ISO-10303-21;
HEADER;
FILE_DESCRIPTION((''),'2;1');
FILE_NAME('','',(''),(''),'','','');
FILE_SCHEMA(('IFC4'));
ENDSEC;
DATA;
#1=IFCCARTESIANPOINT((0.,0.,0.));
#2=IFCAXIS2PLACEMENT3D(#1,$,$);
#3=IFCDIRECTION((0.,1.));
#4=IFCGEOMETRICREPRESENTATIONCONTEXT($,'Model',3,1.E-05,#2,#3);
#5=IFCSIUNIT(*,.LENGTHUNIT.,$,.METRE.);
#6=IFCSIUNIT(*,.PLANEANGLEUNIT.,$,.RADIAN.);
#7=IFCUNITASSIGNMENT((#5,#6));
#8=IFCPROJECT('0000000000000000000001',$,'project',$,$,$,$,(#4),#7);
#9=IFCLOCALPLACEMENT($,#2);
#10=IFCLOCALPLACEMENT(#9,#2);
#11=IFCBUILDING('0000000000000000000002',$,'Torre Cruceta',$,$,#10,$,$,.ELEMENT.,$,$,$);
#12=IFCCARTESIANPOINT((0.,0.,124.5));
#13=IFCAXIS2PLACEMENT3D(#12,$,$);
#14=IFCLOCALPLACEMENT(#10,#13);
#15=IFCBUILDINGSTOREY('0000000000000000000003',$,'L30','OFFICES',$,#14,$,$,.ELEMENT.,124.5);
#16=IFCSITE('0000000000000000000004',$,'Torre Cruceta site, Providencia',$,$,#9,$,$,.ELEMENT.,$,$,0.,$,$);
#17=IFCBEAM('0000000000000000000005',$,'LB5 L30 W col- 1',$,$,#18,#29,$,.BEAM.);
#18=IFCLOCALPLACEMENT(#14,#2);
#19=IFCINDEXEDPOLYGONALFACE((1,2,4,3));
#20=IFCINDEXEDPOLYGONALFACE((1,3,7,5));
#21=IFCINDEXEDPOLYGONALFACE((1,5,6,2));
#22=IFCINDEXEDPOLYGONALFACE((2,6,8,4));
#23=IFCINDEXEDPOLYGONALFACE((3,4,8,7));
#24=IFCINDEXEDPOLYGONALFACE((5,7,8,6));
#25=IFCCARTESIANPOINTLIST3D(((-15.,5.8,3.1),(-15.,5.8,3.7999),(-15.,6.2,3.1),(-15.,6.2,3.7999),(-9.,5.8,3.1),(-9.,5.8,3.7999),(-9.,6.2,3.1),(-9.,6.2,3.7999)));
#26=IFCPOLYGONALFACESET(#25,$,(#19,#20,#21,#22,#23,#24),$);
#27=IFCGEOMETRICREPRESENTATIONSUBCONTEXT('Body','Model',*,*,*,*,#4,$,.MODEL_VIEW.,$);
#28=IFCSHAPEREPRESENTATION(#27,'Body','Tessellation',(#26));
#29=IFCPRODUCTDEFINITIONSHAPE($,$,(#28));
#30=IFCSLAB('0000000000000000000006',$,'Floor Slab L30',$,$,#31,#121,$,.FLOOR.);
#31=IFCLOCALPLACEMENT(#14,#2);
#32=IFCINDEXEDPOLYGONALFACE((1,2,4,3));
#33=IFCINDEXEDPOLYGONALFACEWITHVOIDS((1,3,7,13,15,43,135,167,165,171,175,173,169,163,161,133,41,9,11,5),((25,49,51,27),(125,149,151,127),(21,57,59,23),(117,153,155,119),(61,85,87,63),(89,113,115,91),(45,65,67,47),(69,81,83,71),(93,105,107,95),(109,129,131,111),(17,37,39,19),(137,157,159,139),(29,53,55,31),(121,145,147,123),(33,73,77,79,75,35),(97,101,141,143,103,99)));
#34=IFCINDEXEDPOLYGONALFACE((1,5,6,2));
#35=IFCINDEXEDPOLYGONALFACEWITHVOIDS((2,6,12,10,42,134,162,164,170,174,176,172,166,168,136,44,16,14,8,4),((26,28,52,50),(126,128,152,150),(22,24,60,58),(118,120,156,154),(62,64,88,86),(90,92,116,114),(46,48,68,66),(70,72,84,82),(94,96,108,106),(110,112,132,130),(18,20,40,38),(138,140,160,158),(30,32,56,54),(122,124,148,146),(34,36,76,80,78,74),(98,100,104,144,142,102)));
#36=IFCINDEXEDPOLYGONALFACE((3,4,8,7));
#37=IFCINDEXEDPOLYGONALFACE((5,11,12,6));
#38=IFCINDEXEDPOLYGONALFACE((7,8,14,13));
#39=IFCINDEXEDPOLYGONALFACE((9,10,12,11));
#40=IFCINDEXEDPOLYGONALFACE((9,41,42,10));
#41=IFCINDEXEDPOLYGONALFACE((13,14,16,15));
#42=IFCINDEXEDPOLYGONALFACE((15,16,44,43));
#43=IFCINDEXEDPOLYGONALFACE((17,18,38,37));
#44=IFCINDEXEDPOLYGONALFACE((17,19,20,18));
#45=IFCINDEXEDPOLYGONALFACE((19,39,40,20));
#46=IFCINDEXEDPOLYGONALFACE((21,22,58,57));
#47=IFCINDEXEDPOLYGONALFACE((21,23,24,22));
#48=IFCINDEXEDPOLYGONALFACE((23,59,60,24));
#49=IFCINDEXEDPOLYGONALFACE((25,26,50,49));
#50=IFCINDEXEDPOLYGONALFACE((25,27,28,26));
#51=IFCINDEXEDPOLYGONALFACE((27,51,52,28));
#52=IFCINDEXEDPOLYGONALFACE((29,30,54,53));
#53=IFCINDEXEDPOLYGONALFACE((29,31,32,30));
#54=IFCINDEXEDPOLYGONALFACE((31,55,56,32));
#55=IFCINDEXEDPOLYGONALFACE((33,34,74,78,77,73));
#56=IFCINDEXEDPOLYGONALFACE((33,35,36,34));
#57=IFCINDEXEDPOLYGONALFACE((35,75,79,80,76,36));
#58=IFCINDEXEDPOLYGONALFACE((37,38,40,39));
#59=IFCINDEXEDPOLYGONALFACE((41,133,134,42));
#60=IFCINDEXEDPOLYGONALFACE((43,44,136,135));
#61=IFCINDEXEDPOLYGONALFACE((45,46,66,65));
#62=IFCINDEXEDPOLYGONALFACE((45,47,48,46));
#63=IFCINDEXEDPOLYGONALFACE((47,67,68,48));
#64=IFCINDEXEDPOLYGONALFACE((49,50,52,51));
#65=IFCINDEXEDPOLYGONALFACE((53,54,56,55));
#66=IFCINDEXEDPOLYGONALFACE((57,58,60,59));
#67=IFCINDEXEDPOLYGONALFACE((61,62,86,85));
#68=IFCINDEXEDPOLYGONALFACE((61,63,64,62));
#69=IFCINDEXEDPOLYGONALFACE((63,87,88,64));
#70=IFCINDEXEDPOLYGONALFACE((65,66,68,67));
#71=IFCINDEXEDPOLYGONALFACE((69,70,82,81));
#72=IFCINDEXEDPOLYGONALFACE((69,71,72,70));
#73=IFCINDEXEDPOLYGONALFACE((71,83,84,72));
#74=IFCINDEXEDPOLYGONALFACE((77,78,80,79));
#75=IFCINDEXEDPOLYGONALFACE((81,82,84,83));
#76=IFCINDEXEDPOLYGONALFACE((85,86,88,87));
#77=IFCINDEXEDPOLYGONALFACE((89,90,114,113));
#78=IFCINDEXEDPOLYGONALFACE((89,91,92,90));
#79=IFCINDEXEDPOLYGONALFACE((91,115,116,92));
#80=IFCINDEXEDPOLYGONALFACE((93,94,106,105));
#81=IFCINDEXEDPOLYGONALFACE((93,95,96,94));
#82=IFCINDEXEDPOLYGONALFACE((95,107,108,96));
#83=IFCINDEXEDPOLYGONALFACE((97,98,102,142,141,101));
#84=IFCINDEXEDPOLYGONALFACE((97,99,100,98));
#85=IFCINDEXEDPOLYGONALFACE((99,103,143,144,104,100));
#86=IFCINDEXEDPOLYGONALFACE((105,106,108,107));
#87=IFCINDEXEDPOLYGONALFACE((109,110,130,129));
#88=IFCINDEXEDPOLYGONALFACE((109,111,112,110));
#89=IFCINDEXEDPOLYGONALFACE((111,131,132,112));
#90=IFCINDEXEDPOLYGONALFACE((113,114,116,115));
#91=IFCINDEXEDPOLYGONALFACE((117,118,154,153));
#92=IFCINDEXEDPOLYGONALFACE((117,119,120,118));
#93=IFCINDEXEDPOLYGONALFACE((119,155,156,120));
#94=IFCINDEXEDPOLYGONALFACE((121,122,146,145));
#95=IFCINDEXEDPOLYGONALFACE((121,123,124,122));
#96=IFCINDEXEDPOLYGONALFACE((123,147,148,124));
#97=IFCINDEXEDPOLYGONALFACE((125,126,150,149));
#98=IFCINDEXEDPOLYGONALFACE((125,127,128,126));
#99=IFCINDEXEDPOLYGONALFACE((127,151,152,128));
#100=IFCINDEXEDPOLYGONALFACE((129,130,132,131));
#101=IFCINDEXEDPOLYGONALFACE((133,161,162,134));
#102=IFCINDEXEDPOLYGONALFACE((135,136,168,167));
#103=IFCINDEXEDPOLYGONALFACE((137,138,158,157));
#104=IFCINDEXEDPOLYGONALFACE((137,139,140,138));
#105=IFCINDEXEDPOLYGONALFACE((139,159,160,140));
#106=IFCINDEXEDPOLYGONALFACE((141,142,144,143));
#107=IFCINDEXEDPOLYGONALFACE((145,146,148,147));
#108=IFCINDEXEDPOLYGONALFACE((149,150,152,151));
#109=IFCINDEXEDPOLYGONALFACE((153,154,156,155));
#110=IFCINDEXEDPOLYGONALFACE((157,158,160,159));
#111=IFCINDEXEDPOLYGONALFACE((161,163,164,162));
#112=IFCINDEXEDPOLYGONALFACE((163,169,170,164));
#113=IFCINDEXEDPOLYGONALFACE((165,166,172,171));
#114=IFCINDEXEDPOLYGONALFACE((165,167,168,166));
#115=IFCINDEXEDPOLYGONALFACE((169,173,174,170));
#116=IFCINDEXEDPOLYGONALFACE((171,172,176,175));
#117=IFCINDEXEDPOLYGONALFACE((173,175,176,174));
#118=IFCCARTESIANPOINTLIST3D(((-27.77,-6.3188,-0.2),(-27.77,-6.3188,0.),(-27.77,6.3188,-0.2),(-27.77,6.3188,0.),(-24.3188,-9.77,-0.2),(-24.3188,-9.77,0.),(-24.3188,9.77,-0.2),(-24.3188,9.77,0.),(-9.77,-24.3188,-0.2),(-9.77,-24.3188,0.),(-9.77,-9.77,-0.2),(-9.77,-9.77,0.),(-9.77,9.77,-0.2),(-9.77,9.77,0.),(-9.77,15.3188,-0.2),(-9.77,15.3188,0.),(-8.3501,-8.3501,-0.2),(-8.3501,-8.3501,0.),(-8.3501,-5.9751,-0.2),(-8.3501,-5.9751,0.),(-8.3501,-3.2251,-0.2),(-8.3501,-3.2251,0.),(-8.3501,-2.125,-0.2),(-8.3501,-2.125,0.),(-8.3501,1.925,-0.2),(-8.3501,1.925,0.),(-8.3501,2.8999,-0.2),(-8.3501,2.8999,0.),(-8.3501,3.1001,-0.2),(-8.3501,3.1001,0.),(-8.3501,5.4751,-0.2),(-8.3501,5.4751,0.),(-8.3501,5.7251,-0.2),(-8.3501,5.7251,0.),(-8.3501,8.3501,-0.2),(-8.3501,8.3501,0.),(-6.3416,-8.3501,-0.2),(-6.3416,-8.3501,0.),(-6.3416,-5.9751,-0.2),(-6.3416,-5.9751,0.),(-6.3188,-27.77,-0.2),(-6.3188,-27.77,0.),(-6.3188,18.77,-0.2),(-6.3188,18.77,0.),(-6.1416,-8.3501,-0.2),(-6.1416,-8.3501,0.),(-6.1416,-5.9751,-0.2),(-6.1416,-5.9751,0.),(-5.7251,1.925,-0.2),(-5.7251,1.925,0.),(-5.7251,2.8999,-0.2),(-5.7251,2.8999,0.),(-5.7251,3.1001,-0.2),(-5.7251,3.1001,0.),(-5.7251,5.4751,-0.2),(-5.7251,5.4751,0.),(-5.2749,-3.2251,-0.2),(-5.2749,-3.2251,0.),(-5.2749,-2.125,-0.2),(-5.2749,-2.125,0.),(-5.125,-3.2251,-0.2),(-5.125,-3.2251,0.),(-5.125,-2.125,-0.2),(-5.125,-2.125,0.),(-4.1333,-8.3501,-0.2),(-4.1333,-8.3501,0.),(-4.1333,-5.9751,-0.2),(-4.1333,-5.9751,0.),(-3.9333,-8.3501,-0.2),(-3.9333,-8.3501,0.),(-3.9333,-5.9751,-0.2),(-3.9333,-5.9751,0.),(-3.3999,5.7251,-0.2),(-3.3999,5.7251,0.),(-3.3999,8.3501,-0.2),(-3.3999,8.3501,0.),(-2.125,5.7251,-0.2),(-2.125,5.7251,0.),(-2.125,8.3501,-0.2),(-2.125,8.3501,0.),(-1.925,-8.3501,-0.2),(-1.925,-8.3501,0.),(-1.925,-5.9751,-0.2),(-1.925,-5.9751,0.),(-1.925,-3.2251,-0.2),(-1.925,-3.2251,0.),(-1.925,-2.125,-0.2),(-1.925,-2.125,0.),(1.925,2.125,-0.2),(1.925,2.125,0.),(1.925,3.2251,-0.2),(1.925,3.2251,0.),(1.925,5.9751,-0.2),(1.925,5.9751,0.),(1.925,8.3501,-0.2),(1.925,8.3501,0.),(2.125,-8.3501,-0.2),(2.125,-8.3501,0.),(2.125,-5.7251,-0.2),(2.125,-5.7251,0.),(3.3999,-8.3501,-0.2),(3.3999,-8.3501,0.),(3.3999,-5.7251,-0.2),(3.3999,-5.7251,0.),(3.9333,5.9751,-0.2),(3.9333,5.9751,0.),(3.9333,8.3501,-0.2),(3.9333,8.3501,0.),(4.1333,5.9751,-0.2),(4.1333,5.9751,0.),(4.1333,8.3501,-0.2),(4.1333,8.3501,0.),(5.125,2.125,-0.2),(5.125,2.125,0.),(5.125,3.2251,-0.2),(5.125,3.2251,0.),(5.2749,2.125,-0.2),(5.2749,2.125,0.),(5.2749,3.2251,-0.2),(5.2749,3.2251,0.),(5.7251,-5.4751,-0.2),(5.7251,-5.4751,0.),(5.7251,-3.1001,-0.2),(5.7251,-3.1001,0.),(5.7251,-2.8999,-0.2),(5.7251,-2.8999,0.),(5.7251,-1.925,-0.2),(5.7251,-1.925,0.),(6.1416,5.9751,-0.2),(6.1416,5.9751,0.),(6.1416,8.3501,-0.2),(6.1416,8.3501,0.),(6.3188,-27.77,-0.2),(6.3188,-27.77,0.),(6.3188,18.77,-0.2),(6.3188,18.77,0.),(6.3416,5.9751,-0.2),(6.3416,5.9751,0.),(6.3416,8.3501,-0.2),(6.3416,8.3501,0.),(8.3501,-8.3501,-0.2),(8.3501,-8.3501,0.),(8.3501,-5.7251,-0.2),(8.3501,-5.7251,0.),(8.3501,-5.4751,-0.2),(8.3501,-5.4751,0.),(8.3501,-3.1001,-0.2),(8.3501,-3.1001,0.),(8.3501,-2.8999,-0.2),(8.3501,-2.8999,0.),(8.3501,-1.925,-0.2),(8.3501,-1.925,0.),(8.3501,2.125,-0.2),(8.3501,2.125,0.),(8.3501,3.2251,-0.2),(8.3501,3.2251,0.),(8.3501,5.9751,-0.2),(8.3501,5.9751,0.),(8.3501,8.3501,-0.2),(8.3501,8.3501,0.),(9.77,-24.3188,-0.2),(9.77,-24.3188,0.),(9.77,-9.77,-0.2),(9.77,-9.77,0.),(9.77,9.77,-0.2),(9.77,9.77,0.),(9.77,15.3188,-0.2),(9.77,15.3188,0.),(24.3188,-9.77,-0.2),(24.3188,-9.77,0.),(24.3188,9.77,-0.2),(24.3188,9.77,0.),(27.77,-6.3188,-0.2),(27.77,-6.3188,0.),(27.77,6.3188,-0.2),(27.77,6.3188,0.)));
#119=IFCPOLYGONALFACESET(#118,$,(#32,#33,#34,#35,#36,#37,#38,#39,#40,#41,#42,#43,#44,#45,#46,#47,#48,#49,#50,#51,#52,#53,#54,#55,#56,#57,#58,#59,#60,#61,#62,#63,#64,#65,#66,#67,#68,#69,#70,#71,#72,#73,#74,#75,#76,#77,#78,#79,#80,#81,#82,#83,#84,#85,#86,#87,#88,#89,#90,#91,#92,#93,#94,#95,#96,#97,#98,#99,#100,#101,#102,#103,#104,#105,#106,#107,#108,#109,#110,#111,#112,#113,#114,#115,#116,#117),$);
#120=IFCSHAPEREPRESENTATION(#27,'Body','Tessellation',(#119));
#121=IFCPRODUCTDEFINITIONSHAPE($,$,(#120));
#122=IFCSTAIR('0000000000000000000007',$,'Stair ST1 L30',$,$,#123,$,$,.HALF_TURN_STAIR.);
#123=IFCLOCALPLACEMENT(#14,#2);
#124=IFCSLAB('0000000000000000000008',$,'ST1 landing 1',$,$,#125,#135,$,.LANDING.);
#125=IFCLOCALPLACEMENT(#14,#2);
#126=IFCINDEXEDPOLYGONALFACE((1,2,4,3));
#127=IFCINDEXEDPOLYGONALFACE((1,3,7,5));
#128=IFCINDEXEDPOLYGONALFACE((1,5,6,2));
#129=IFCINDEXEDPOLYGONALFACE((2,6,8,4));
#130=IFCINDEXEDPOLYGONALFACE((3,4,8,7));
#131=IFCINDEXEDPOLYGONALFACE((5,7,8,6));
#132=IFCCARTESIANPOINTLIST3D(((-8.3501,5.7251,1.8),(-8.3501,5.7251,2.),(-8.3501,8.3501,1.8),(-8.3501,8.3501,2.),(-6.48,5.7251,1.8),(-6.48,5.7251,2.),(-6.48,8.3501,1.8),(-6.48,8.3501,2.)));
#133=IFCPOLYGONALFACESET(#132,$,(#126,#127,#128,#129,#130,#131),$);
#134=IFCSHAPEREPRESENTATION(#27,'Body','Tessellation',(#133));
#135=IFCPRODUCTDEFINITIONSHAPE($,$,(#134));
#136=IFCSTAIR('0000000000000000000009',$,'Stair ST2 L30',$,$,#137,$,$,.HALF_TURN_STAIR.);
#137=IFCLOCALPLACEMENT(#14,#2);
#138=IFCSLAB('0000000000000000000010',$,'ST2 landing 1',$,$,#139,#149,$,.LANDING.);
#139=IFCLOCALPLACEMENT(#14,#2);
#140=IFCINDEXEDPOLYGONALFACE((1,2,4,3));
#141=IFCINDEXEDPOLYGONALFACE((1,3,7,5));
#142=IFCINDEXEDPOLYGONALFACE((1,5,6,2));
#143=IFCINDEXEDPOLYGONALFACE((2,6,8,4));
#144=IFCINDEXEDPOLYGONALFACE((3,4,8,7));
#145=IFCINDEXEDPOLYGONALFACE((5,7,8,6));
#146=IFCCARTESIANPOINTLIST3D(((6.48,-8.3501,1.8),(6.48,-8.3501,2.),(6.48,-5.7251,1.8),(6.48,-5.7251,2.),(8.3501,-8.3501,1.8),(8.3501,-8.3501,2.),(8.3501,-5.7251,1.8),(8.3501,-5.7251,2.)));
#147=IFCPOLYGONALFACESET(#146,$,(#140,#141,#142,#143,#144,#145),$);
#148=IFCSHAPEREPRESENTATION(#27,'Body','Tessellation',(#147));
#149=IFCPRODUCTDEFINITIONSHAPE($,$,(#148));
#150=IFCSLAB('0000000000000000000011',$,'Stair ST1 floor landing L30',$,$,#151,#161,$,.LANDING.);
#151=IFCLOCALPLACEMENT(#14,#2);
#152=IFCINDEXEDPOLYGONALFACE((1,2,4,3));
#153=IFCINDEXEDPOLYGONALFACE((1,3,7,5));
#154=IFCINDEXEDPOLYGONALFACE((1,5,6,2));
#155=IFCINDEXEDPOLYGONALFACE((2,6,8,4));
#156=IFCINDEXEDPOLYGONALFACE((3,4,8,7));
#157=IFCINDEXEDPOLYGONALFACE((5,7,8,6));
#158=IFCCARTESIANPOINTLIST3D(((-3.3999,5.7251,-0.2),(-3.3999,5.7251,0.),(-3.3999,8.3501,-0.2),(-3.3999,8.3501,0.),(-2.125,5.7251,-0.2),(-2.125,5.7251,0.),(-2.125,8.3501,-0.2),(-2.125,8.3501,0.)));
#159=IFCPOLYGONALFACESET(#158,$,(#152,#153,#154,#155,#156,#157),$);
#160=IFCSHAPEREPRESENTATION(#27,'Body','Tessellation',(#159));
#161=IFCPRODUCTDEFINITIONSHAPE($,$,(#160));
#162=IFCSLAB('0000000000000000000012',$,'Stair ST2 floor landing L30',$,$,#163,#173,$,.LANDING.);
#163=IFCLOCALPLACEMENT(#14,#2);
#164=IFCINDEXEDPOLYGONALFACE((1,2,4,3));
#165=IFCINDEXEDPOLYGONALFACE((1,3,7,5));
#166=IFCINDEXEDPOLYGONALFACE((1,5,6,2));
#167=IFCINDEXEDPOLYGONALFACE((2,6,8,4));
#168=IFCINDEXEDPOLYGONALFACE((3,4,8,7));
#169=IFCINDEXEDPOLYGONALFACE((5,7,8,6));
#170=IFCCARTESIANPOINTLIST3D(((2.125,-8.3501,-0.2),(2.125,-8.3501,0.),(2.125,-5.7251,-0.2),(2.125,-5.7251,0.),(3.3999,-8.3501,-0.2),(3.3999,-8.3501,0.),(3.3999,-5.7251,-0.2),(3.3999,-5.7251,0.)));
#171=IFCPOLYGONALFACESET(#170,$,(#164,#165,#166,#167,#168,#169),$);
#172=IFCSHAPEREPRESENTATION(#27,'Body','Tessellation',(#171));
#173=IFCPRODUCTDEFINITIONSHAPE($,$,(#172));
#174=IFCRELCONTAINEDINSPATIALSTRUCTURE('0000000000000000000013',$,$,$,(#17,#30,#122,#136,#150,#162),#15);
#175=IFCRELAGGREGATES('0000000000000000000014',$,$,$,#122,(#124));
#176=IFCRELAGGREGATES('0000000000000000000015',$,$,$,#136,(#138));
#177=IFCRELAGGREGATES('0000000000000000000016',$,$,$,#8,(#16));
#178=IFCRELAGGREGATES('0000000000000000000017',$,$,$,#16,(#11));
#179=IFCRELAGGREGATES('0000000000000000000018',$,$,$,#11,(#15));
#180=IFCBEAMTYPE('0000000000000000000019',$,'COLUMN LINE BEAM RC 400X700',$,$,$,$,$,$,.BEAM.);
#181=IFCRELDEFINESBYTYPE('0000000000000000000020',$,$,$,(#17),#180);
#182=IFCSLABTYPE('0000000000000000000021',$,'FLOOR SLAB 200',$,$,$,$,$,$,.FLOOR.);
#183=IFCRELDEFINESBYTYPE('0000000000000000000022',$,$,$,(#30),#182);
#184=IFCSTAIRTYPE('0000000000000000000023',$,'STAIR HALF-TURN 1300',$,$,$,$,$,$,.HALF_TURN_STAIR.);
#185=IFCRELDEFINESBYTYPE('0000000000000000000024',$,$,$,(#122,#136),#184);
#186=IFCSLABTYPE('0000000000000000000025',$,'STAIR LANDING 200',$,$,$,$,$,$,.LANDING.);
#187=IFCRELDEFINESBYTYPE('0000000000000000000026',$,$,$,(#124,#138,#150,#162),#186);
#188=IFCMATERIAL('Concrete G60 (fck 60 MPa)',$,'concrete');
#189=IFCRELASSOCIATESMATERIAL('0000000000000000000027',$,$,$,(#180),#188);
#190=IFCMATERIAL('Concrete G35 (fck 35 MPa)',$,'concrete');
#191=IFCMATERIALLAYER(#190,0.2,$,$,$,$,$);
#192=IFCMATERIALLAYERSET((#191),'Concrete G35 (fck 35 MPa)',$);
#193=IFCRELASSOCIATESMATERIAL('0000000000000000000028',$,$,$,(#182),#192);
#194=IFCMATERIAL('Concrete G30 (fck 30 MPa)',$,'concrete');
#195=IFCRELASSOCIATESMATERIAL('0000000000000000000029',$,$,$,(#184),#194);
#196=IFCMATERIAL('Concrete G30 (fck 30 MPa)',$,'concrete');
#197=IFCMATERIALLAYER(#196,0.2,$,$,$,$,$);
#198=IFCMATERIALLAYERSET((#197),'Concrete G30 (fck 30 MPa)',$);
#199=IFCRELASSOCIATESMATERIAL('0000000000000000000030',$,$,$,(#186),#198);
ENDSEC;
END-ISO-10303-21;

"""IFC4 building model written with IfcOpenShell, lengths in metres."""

from ifc_helpers import new_model, si_unit, direction, frame, origin, origin_2d, place, context, subcontext, project, spatial, polyline, rectangle, outline, extrude, material, layer, layer_set, material_profile, profile_set, type_object, element, aggregate, save


model = new_model("IFC4")

# Units and contexts
model_context = context("Model", 3, precision=1e-05, world=origin(), true_north=direction((0.0, 1.0)))
body_context = subcontext(model_context, "Body", "Model", "MODEL_VIEW")
ifc_project = project(units=[si_unit("LENGTHUNIT", "METRE"), si_unit("PLANEANGLEUNIT", "RADIAN")], contexts=[model_context])

# Site, building, storey
site_placement = place(None, origin())
site = spatial("IfcSite", under=ifc_project, at=site_placement, Name="Torre Cruceta site, Providencia", CompositionType="ELEMENT", RefElevation=0.0)
building_placement = place(site_placement, origin())
building = spatial("IfcBuilding", under=site, at=building_placement, Name="Torre Cruceta", CompositionType="ELEMENT")
storey_placement = place(building_placement, frame((0.0, 0.0, 124.5)))
storey = spatial("IfcBuildingStorey", under=building, at=storey_placement, Name="L30", Description="OFFICES", CompositionType="ELEMENT", Elevation=124.5)

# Beam
ifc_material_1 = material(Name="Concrete G60 (fck 60 MPa)", Category="concrete")
ifc_material_profile = material_profile(ifc_material_1, rectangle(XDim=0.3999, YDim=0.7, at=origin_2d()), Name="RC 400X700")
ifc_profile_set = profile_set([ifc_material_profile], Name="Concrete G60 (fck 60 MPa)")
beam_type = type_object("IfcBeamType", Name="COLUMN LINE BEAM RC 400X700", PredefinedType="BEAM", material=ifc_profile_set)
beam_placement = place(storey_placement, frame((-9.0, 6.0, 3.45), z_axis=(-1.0, 0.0, 0.0), x_axis=(0.0, -1.0, 0.0)))
element("IfcBeam", 1, at=beam_placement, inside=storey, type_object=beam_type, Name="LB5 L30 W col- 1", PredefinedType="BEAM", context=body_context, shape_type="SweptSolid", body=[
    extrude(rectangle(XDim=0.3999, YDim=0.7, at=origin_2d()), origin(), (0.0, 0.0, 1.0), 6.0),
])

# Slab
ifc_material_2 = material(Name="Concrete G35 (fck 35 MPa)", Category="concrete")
ifc_layer_1 = layer(ifc_material_2, 0.2)
ifc_layer_set_1 = layer_set([ifc_layer_1], Name="Concrete G35 (fck 35 MPa)")
slab_type_1 = type_object("IfcSlabType", Name="FLOOR SLAB 200", PredefinedType="FLOOR", material=ifc_layer_set_1)
slab_1_placement = place(storey_placement, frame((0.0, 0.0, -0.2)))
element("IfcSlab", 2, at=slab_1_placement, inside=storey, type_object=slab_type_1, Name="Floor Slab L30", PredefinedType="FLOOR", context=body_context, shape_type="SweptSolid", body=[
    extrude(outline(polyline([(9.77, -9.77), (9.77, -24.3188), (6.3188, -27.77), (-6.3188, -27.77), (-9.77, -24.3188), (-9.77, -9.77), (-24.3188, -9.77), (-27.77, -6.3188), (-27.77, 6.3188), (-24.3188, 9.77), (-9.77, 9.77), (-9.77, 15.3188), (-6.3188, 18.77), (6.3188, 18.77), (9.77, 15.3188), (9.77, 9.77), (24.3188, 9.77), (27.77, 6.3188), (27.77, -6.3188), (24.3188, -9.77), (9.77, -9.77)]), holes=[polyline([(1.925, 5.9751), (3.9333, 5.9751), (3.9333, 8.3501), (1.925, 8.3501), (1.925, 5.9751)]), polyline([(4.1333, 5.9751), (6.1416, 5.9751), (6.1416, 8.3501), (4.1333, 8.3501), (4.1333, 5.9751)]), polyline([(6.3416, 5.9751), (8.3501, 5.9751), (8.3501, 8.3501), (6.3416, 8.3501), (6.3416, 5.9751)]), polyline([(1.925, 2.125), (5.125, 2.125), (5.125, 3.2251), (1.925, 3.2251), (1.925, 2.125)]), polyline([(5.2749, 2.125), (8.3501, 2.125), (8.3501, 3.2251), (5.2749, 3.2251), (5.2749, 2.125)]), polyline([(-8.3501, 3.1001), (-5.7251, 3.1001), (-5.7251, 5.4751), (-8.3501, 5.4751), (-8.3501, 3.1001)]), polyline([(-8.3501, 1.925), (-5.7251, 1.925), (-5.7251, 2.8999), (-8.3501, 2.8999), (-8.3501, 1.925)]), polyline([(-3.9333, -8.3501), (-1.925, -8.3501), (-1.925, -5.9751), (-3.9333, -5.9751), (-3.9333, -8.3501)]), polyline([(-6.1416, -8.3501), (-4.1333, -8.3501), (-4.1333, -5.9751), (-6.1416, -5.9751), (-6.1416, -8.3501)]), polyline([(-8.3501, -8.3501), (-6.3416, -8.3501), (-6.3416, -5.9751), (-8.3501, -5.9751), (-8.3501, -8.3501)]), polyline([(-5.125, -3.2251), (-1.925, -3.2251), (-1.925, -2.125), (-5.125, -2.125), (-5.125, -3.2251)]), polyline([(-8.3501, -3.2251), (-5.2749, -3.2251), (-5.2749, -2.125), (-8.3501, -2.125), (-8.3501, -3.2251)]), polyline([(5.7251, -5.4751), (8.3501, -5.4751), (8.3501, -3.1001), (5.7251, -3.1001), (5.7251, -5.4751)]), polyline([(5.7251, -2.8999), (8.3501, -2.8999), (8.3501, -1.925), (5.7251, -1.925), (5.7251, -2.8999)]), polyline([(-8.3501, 5.7251), (-8.3501, 8.3501), (-3.3999, 8.3501), (-2.125, 8.3501), (-2.125, 5.7251), (-3.3999, 5.7251), (-8.3501, 5.7251)]), polyline([(2.125, -5.7251), (3.3999, -5.7251), (8.3501, -5.7251), (8.3501, -8.3501), (3.3999, -8.3501), (2.125, -8.3501), (2.125, -5.7251)])]), origin(), (0.0, 0.0, 1.0), 0.2),
])

# Stairs, slabs
ifc_material_3 = material(Name="Concrete G30 (fck 30 MPa)", Category="concrete")
stair_type = type_object("IfcStairType", Name="STAIR HALF-TURN 1300", PredefinedType="HALF_TURN_STAIR", material=ifc_material_3)
stair_1_placement = place(storey_placement, origin())
stair_1 = element("IfcStair", 3, at=stair_1_placement, inside=storey, type_object=stair_type, Name="Stair ST1 L30", PredefinedType="HALF_TURN_STAIR")
ifc_material_4 = material(Name="Concrete G30 (fck 30 MPa)", Category="concrete")
ifc_layer_2 = layer(ifc_material_4, 0.2)
ifc_layer_set_2 = layer_set([ifc_layer_2], Name="Concrete G30 (fck 30 MPa)")
slab_type_2 = type_object("IfcSlabType", Name="STAIR LANDING 200", PredefinedType="LANDING", material=ifc_layer_set_2)
slab_2_placement = place(storey_placement, frame((0.0, 0.0, 1.8)))
slab_2 = element("IfcSlab", 4, at=slab_2_placement, type_object=slab_type_2, Name="ST1 landing 1", PredefinedType="LANDING", context=body_context, shape_type="SweptSolid", body=[
    extrude(outline(polyline([(-8.3501, 5.7251), (-6.48, 5.7251), (-6.48, 8.3501), (-8.3501, 8.3501), (-8.3501, 5.7251)])), origin(), (0.0, 0.0, 1.0), 0.2),
])
aggregate(stair_1, [slab_2])
stair_2_placement = place(storey_placement, origin())
stair_2 = element("IfcStair", 5, at=stair_2_placement, inside=storey, type_object=stair_type, Name="Stair ST2 L30", PredefinedType="HALF_TURN_STAIR")
slab_3_placement = place(storey_placement, frame((0.0, 0.0, 1.8)))
slab_3 = element("IfcSlab", 6, at=slab_3_placement, type_object=slab_type_2, Name="ST2 landing 1", PredefinedType="LANDING", context=body_context, shape_type="SweptSolid", body=[
    extrude(outline(polyline([(6.48, -8.3501), (8.3501, -8.3501), (8.3501, -5.7251), (6.48, -5.7251), (6.48, -8.3501)])), origin(), (0.0, 0.0, 1.0), 0.2),
])
aggregate(stair_2, [slab_3])

# Slabs
slab_4_placement = place(storey_placement, frame((0.0, 0.0, -0.2)))
element("IfcSlab", 7, at=slab_4_placement, inside=storey, type_object=slab_type_2, Name="Stair ST1 floor landing L30", PredefinedType="LANDING", context=body_context, shape_type="SweptSolid", body=[
    extrude(outline(polyline([(-2.125, 8.3501), (-2.125, 5.7251), (-3.3999, 5.7251), (-3.3999, 8.3501), (-2.125, 8.3501)])), origin(), (0.0, 0.0, 1.0), 0.2),
])
slab_5_placement = place(storey_placement, frame((0.0, 0.0, -0.2)))
element("IfcSlab", 8, at=slab_5_placement, inside=storey, type_object=slab_type_2, Name="Stair ST2 floor landing L30", PredefinedType="LANDING", context=body_context, shape_type="SweptSolid", body=[
    extrude(outline(polyline([(2.125, -8.3501), (2.125, -5.7251), (3.3999, -5.7251), (3.3999, -8.3501), (2.125, -8.3501)])), origin(), (0.0, 0.0, 1.0), 0.2),
])

save(model, "model.ifc")
